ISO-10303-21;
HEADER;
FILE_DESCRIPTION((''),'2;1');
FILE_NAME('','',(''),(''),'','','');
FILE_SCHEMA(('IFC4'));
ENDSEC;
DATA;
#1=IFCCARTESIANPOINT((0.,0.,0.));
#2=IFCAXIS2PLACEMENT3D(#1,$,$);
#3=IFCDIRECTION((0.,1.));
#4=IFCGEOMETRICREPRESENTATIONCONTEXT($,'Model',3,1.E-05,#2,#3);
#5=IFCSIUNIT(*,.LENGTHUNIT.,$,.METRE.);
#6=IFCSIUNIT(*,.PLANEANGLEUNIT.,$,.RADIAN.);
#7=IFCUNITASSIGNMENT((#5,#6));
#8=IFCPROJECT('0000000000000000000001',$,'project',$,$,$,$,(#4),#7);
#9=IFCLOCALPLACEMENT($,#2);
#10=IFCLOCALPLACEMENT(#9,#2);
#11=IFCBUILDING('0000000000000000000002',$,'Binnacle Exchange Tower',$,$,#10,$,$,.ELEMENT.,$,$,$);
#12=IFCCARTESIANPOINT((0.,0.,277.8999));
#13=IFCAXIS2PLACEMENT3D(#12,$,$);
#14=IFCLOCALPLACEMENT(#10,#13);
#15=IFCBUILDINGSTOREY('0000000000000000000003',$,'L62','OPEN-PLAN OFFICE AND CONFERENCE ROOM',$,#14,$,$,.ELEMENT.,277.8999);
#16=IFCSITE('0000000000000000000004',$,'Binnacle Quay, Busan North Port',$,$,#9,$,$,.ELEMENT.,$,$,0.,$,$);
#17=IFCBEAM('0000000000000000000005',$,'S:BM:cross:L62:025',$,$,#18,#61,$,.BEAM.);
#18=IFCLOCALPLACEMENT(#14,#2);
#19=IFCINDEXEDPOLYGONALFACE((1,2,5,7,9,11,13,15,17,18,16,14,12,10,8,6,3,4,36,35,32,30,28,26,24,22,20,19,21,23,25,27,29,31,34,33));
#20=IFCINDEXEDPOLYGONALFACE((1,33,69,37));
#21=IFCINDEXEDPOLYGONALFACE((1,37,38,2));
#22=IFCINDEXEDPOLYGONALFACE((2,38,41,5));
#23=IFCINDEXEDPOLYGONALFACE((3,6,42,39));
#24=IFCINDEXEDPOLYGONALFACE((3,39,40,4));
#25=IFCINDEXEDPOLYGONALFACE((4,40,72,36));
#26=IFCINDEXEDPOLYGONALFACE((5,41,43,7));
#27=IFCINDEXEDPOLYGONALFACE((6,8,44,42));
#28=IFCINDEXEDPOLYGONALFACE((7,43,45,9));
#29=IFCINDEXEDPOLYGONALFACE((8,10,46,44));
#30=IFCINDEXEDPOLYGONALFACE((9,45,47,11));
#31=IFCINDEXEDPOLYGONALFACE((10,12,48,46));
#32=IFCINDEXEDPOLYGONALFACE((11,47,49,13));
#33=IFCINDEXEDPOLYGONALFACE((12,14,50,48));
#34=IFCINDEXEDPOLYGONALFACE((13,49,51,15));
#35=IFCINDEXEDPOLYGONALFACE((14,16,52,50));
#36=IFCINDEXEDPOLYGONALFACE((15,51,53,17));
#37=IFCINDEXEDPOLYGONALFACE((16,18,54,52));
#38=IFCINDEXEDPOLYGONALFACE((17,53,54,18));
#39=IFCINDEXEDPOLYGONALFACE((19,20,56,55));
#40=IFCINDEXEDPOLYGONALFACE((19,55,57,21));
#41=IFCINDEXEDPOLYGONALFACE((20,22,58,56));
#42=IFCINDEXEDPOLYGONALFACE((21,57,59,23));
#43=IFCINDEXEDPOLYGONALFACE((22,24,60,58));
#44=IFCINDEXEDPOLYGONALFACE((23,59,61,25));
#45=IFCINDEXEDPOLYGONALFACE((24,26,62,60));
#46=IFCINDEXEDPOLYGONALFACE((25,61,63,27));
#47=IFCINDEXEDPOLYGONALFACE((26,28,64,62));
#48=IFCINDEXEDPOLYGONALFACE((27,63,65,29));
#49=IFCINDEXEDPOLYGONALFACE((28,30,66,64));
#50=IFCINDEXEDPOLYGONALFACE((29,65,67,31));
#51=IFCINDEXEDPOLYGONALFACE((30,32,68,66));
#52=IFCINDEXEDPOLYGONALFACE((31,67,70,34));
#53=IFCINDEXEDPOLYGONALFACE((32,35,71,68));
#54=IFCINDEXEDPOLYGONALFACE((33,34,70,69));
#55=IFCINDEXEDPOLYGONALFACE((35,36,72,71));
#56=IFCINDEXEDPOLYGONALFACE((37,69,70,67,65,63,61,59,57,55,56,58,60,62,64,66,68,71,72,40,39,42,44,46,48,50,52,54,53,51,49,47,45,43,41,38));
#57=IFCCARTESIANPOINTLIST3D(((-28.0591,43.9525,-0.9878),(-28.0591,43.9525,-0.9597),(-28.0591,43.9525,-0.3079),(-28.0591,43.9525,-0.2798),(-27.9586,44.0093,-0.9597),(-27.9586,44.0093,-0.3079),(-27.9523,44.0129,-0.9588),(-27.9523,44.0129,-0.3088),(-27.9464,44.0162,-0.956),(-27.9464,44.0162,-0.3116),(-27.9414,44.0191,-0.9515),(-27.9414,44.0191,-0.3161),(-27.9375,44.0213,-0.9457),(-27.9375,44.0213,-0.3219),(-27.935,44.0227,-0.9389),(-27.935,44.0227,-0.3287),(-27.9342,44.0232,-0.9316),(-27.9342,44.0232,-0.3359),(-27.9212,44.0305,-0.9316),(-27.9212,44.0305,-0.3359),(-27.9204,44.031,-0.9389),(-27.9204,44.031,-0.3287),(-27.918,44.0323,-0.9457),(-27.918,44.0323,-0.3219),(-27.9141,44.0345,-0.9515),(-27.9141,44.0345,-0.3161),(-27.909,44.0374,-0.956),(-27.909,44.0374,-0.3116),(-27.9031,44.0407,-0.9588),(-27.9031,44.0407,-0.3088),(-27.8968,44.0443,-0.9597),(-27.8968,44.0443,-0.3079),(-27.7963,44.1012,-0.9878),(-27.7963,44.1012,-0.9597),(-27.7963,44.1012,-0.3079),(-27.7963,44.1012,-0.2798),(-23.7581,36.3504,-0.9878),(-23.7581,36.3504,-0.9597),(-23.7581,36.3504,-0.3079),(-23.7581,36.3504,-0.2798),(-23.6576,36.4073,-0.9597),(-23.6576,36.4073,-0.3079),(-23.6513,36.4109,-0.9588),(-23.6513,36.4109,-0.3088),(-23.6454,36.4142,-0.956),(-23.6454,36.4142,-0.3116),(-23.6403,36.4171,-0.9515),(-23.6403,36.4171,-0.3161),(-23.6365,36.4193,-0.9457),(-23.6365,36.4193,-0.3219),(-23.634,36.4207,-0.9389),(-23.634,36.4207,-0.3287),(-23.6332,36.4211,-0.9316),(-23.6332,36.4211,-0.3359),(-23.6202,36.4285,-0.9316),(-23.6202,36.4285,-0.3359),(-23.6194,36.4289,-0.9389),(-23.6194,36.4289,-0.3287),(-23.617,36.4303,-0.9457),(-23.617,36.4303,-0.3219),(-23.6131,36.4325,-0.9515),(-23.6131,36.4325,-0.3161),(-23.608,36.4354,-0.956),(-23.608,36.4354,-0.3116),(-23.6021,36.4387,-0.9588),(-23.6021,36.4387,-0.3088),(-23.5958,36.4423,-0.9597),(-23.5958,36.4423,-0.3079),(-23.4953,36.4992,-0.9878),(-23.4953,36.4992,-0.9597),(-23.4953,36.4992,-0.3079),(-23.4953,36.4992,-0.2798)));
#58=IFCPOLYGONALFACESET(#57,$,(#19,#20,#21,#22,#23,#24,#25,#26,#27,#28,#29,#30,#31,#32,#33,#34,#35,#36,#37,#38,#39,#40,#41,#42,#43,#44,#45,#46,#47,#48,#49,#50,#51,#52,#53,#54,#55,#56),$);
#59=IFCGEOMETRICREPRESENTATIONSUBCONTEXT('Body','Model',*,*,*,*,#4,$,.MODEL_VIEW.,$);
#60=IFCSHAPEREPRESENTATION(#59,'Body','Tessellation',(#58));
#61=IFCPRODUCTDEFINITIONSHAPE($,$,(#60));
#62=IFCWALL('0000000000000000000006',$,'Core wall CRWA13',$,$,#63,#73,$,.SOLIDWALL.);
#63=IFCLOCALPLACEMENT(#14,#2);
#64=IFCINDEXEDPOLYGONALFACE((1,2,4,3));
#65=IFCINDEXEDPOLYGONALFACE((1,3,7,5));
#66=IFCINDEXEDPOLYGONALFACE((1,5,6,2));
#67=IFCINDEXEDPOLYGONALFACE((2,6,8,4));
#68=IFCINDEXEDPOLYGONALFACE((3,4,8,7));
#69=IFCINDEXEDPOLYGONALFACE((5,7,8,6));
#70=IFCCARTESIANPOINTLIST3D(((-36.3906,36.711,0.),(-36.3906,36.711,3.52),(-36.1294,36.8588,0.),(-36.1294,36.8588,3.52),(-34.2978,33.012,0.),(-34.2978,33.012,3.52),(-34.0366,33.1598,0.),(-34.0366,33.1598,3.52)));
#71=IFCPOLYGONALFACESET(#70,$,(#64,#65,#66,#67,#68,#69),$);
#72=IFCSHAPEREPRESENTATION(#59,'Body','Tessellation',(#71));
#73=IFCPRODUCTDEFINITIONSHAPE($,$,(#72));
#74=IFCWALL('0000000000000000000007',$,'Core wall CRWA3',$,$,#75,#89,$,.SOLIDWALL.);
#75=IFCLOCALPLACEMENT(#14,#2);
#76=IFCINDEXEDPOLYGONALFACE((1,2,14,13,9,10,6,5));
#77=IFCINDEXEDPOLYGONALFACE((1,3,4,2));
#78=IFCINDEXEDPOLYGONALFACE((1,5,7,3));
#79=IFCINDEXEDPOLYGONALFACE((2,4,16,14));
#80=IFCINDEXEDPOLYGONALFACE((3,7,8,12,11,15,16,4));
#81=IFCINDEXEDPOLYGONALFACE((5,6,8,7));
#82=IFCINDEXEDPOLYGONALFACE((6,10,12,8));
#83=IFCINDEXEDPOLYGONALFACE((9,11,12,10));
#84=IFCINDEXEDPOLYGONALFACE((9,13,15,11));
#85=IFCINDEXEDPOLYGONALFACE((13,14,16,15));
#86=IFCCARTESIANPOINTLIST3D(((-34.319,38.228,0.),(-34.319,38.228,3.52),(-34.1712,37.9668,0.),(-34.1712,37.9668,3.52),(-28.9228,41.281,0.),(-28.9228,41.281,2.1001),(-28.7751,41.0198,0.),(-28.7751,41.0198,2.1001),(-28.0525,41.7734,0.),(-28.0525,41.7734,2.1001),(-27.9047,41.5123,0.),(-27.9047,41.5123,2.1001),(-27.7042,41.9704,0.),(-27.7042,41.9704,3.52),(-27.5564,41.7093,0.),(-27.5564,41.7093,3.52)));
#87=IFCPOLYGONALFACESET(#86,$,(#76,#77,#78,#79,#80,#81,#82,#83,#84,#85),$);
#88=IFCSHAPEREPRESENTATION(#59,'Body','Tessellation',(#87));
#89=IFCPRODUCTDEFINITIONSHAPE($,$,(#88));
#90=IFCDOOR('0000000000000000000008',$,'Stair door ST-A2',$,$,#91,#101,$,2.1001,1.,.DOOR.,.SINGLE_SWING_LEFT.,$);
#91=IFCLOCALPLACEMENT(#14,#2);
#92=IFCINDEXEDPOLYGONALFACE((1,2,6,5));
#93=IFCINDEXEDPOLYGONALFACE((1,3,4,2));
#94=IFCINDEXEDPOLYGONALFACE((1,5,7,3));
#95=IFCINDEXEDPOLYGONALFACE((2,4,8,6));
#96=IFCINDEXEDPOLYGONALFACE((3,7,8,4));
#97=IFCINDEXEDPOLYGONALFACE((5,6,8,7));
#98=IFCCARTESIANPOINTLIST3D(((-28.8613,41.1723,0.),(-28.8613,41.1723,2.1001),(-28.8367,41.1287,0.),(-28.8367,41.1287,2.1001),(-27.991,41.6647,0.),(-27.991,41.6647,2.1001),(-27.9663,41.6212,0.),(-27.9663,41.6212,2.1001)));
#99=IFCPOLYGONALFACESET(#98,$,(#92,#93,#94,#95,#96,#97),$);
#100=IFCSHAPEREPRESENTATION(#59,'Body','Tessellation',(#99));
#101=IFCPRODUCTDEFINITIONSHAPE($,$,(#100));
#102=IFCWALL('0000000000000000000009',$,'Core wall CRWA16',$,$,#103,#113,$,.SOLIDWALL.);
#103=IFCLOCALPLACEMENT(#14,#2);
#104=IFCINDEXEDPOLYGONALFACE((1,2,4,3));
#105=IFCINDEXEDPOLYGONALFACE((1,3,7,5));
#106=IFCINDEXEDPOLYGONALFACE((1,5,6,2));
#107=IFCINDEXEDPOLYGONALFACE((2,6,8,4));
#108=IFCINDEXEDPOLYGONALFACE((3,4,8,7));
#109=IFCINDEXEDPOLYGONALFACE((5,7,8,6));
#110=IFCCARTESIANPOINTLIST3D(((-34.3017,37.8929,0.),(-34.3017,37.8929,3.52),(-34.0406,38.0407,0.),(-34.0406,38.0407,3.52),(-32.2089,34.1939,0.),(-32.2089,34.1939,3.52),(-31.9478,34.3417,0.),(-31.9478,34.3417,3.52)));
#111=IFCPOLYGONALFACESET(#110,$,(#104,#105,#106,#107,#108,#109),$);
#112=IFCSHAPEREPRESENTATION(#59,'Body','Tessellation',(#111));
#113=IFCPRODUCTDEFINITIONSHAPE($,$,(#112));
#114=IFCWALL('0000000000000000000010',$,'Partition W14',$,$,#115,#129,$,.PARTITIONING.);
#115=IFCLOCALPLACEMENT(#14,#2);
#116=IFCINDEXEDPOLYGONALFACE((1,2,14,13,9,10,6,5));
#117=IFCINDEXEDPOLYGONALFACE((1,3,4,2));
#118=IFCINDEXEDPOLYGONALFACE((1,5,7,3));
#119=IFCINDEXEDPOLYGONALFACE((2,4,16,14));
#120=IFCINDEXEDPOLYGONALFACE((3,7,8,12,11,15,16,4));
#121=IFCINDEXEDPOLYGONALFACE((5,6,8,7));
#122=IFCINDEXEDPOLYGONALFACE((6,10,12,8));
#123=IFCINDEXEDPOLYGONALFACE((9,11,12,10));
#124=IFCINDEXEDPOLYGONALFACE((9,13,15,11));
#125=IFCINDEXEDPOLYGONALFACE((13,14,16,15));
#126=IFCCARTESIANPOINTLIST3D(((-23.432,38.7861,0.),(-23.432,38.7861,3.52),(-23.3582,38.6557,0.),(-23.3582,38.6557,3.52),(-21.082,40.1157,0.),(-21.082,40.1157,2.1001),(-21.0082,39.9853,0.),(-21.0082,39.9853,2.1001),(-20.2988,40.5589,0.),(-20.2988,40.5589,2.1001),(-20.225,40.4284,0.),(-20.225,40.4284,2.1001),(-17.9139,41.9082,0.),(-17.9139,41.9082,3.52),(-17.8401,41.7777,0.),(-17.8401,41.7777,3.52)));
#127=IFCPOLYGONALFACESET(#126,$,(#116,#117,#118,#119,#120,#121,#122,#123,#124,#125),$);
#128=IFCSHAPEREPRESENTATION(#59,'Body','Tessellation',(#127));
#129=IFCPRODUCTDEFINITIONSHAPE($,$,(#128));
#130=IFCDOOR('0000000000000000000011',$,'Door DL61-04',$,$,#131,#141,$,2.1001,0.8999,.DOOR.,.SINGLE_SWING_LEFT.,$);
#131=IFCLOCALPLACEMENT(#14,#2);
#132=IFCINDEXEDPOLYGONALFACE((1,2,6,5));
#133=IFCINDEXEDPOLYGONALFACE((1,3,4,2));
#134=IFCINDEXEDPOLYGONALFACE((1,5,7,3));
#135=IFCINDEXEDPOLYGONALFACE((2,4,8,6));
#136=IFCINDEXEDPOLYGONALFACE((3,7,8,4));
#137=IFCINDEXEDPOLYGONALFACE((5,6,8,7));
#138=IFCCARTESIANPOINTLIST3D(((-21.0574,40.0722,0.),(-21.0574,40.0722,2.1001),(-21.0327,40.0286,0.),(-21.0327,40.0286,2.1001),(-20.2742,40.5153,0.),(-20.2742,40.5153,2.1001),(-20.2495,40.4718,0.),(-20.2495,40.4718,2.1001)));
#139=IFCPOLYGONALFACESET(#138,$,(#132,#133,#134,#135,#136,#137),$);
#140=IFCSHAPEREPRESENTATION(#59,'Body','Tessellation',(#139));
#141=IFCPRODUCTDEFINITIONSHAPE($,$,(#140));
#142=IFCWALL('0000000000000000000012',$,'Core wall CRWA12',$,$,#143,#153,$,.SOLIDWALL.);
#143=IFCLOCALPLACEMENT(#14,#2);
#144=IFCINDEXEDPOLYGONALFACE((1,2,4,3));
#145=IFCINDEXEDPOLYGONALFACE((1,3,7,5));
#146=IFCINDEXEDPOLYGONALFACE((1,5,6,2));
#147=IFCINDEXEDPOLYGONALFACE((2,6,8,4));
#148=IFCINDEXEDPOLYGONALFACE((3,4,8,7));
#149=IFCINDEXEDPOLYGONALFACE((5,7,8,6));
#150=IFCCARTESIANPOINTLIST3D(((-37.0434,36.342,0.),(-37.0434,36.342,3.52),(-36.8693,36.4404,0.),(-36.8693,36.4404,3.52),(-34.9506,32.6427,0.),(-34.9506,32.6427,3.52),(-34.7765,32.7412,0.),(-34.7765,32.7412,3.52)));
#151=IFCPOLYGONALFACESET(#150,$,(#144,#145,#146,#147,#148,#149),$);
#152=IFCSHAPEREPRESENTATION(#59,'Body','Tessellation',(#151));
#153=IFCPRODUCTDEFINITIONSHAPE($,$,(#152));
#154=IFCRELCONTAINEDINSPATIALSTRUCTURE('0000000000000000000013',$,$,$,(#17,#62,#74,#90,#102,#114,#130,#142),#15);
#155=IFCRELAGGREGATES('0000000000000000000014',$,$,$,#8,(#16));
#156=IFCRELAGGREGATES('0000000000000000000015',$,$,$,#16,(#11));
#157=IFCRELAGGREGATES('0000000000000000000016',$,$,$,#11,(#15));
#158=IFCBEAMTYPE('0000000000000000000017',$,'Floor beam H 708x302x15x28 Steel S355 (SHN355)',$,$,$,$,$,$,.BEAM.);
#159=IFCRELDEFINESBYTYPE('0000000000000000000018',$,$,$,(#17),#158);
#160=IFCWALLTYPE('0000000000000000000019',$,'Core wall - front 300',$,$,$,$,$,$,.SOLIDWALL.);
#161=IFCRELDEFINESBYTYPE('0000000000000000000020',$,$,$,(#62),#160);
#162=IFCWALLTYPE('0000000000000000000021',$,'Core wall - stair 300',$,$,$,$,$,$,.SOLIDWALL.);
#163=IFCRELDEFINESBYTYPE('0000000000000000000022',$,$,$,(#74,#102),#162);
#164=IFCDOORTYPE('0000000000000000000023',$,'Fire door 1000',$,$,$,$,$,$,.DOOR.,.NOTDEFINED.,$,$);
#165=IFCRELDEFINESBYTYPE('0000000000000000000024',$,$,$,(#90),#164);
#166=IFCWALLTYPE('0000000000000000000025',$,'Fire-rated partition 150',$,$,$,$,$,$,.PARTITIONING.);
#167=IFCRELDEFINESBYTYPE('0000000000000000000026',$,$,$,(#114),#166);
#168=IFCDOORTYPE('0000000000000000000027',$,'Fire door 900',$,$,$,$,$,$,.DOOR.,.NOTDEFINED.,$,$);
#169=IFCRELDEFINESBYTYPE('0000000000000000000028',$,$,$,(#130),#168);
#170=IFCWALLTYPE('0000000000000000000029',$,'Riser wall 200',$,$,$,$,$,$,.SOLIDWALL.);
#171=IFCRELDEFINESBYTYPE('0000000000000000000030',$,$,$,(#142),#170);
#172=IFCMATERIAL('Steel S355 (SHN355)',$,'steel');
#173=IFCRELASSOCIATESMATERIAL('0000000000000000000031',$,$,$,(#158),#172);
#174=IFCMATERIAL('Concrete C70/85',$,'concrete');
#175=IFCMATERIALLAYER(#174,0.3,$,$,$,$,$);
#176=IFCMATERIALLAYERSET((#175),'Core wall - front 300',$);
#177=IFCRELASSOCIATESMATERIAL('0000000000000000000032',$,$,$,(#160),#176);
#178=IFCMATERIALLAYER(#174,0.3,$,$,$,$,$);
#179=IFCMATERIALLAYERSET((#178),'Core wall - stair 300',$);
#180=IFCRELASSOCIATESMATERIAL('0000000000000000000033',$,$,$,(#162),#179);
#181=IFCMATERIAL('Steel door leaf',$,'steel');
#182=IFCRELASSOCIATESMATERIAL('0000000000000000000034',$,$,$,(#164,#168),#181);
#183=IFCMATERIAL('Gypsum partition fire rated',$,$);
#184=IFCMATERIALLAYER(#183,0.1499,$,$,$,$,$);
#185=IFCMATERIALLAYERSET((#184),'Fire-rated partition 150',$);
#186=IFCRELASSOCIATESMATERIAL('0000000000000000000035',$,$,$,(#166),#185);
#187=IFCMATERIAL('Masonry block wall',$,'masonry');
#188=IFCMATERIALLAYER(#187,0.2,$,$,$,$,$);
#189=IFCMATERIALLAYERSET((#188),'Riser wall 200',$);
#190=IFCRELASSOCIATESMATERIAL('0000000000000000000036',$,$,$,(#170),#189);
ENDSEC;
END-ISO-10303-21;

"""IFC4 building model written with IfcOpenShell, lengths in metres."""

from ifc_helpers import new_model, si_unit, direction, frame, frame_2d, origin, origin_2d, place, context, subcontext, project, spatial, rectangle, i_section, extrude, material, layer, layer_set, material_profile, profile_set, type_object, element, fill, save


model = new_model("IFC4")

# Units and contexts
model_context = context("Model", 3, precision=1e-05, world=origin(), true_north=direction((0.0, 1.0)))
body_context = subcontext(model_context, "Body", "Model", "MODEL_VIEW")
ifc_project = project(units=[si_unit("LENGTHUNIT", "METRE"), si_unit("PLANEANGLEUNIT", "RADIAN")], contexts=[model_context])

# Site, building, storey
site_placement = place(None, origin())
site = spatial("IfcSite", under=ifc_project, at=site_placement, Name="Binnacle Quay, Busan North Port", CompositionType="ELEMENT", RefElevation=0.0)
building_placement = place(site_placement, origin())
building = spatial("IfcBuilding", under=site, at=building_placement, Name="Binnacle Exchange Tower", CompositionType="ELEMENT")
storey_placement = place(building_placement, frame((0.0, 0.0, 277.8999)))
storey = spatial("IfcBuildingStorey", under=building, at=storey_placement, Name="L62", Description="OPEN-PLAN OFFICE AND CONFERENCE ROOM", CompositionType="ELEMENT", Elevation=277.8999)

# Beam
ifc_material_1 = material(Name="Steel S355 (SHN355)", Category="steel")
ifc_material_profile_1 = material_profile(ifc_material_1, i_section(OverallWidth=0.302, OverallDepth=0.708, WebThickness=0.0149, FlangeThickness=0.0281, FilletRadius=0.0281, at=origin_2d()), Name="H 708x302x15x28")
ifc_profile_set_1 = profile_set([ifc_material_profile_1], Name="Steel S355 (SHN355)")
beam_type_1 = type_object("IfcBeamType", Name="Floor beam H 708x302x15x28 Steel S355 (SHN355)", PredefinedType="BEAM", material=ifc_profile_set_1)
beam_1_placement = place(storey_placement, frame((-23.6267, 36.4248, -0.6338), z_axis=(-0.492423, 0.870356, 0.0), x_axis=(-0.870356, -0.492423, 0.0)))
element("IfcBeam", 1, at=beam_1_placement, inside=storey, type_object=beam_type_1, Name="S:BM:cross:L62:025", PredefinedType="BEAM", context=body_context, shape_type="SweptSolid", body=[
    extrude(i_section(OverallWidth=0.302, OverallDepth=0.708, WebThickness=0.0149, FlangeThickness=0.0281, FilletRadius=0.0281, at=origin_2d()), origin(), (0.0, 0.0, 1.0), 8.7344),
])

# Wall
ifc_material_2 = material(Name="Concrete C70/85", Category="concrete")
ifc_layer_1 = layer(ifc_material_2, 0.3)
ifc_layer_set_1 = layer_set([ifc_layer_1], Name="Core wall - front 300")
wall_type_1 = type_object("IfcWallType", Name="Core wall - front 300", PredefinedType="SOLIDWALL", material=ifc_layer_set_1)
wall_1_placement = place(storey_placement, frame((-36.26, 36.7849, 0.0), z_axis=(0.0, 0.0, 1.0), x_axis=(0.492423, -0.870356, 0.0)))
element("IfcWall", 2, at=wall_1_placement, inside=storey, type_object=wall_type_1, Name="Core wall CRWA13", PredefinedType="SOLIDWALL", context=body_context, shape_type="SweptSolid", body=[
    extrude(rectangle(XDim=4.25, YDim=0.3, at=frame_2d((2.125, 0.0))), origin(), (0.0, 0.0, 1.0), 3.52),
])

# Wall, opening, door
ifc_layer_2 = layer(ifc_material_2, 0.3)
ifc_layer_set_2 = layer_set([ifc_layer_2], Name="Core wall - stair 300")
wall_type_2 = type_object("IfcWallType", Name="Core wall - stair 300", PredefinedType="SOLIDWALL", material=ifc_layer_set_2)
wall_2_placement = place(storey_placement, frame((-34.2451, 38.0974, 0.0), z_axis=(0.0, 0.0, 1.0), x_axis=(0.870356, 0.492422, 0.0)))
wall_2 = element("IfcWall", 3, at=wall_2_placement, inside=storey, type_object=wall_type_2, Name="Core wall CRWA3", PredefinedType="SOLIDWALL", context=body_context, shape_type="SweptSolid", body=[
    extrude(rectangle(XDim=7.6001, YDim=0.3, at=frame_2d((3.8, 0.0))), origin(), (0.0, 0.0, 1.0), 3.52),
])
opening_1_placement = place(wall_2_placement, frame((6.2, 0.0, 0.0)))
opening_1 = element("IfcOpeningElement", 4, at=opening_1_placement, cuts=wall_2, PredefinedType="OPENING", context=body_context, shape_type="SweptSolid", body=[
    extrude(rectangle(XDim=1.0, YDim=2.1001, at=frame_2d((0.5, 1.05))), frame((0.0, 0.1599, 0.0), z_axis=(0.0, -1.0, 0.0), x_axis=(1.0, 0.0, 0.0)), (0.0, 0.0, 1.0), 0.3201),
])
ifc_material_3 = material(Name="Steel door leaf", Category="steel")
door_type_1 = type_object("IfcDoorType", Name="Fire door 1000", OperationType="NOTDEFINED", PredefinedType="DOOR", material=ifc_material_3)
door_1_placement = place(opening_1_placement, frame((1.0, 0.0, 0.0), z_axis=(0.0, 0.0, 1.0), x_axis=(-1.0, 0.0, 0.0)))
door_1 = element("IfcDoor", 5, at=door_1_placement, inside=storey, type_object=door_type_1, Name="Stair door ST-A2", OperationType="SINGLE_SWING_LEFT", OverallHeight=2.1001, OverallWidth=1.0, PredefinedType="DOOR", context=body_context, shape_type="SweptSolid", body=[
    extrude(rectangle(XDim=1.0, YDim=2.1001, at=frame_2d((0.5, 1.05))), frame((0.0, 0.0249, 0.0), z_axis=(0.0, -1.0, 0.0), x_axis=(1.0, 0.0, 0.0)), (0.0, 0.0, 1.0), 0.05),
])
fill(opening_1, door_1)

# Wall
wall_3_placement = place(storey_placement, frame((-34.1711, 37.9668, 0.0), z_axis=(0.0, 0.0, 1.0), x_axis=(0.492423, -0.870356, 0.0)))
element("IfcWall", 6, at=wall_3_placement, inside=storey, type_object=wall_type_2, Name="Core wall CRWA16", PredefinedType="SOLIDWALL", context=body_context, shape_type="SweptSolid", body=[
    extrude(rectangle(XDim=4.25, YDim=0.3, at=frame_2d((2.125, 0.0))), origin(), (0.0, 0.0, 1.0), 3.52),
])

# Wall, opening, door
ifc_material_4 = material(Name="Gypsum partition fire rated")
ifc_layer_3 = layer(ifc_material_4, 0.1499)
ifc_layer_set_3 = layer_set([ifc_layer_3], Name="Fire-rated partition 150")
wall_type_3 = type_object("IfcWallType", Name="Fire-rated partition 150", PredefinedType="PARTITIONING", material=ifc_layer_set_3)
wall_4_placement = place(storey_placement, frame((-23.395, 38.7209, 0.0), z_axis=(0.0, 0.0, 1.0), x_axis=(0.870349, 0.492435, 0.0)))
wall_4 = element("IfcWall", 7, at=wall_4_placement, inside=storey, type_object=wall_type_3, Name="Partition W14", PredefinedType="PARTITIONING", context=body_context, shape_type="SweptSolid", body=[
    extrude(rectangle(XDim=6.3401, YDim=0.1499, at=frame_2d((3.1699, 0.0))), origin(), (0.0, 0.0, 1.0), 3.52),
])
opening_2_placement = place(wall_4_placement, frame((2.7, 0.0, 0.0)))
opening_2 = element("IfcOpeningElement", 8, at=opening_2_placement, cuts=wall_4, PredefinedType="OPENING", context=body_context, shape_type="SweptSolid", body=[
    extrude(rectangle(XDim=0.8999, YDim=2.1001, at=frame_2d((0.45, 1.05))), frame((0.0, 0.085, 0.0), z_axis=(0.0, -1.0, 0.0), x_axis=(1.0, 0.0, 0.0)), (0.0, 0.0, 1.0), 0.1699),
])
door_type_2 = type_object("IfcDoorType", Name="Fire door 900", OperationType="NOTDEFINED", PredefinedType="DOOR", material=ifc_material_3)
door_2_placement = place(opening_2_placement, origin())
door_2 = element("IfcDoor", 9, at=door_2_placement, inside=storey, type_object=door_type_2, Name="Door DL61-04", OperationType="SINGLE_SWING_LEFT", OverallHeight=2.1001, OverallWidth=0.8999, PredefinedType="DOOR", context=body_context, shape_type="SweptSolid", body=[
    extrude(rectangle(XDim=0.8999, YDim=2.1001, at=frame_2d((0.45, 1.05))), frame((0.0, 0.0249, 0.0), z_axis=(0.0, -1.0, 0.0), x_axis=(1.0, 0.0, 0.0)), (0.0, 0.0, 1.0), 0.05),
])
fill(opening_2, door_2)

# Wall
ifc_material_5 = material(Name="Masonry block wall", Category="masonry")
ifc_layer_4 = layer(ifc_material_5, 0.2)
ifc_layer_set_4 = layer_set([ifc_layer_4], Name="Riser wall 200")
wall_type_4 = type_object("IfcWallType", Name="Riser wall 200", PredefinedType="SOLIDWALL", material=ifc_layer_set_4)
wall_5_placement = place(storey_placement, frame((-36.9563, 36.3911, 0.0), z_axis=(0.0, 0.0, 1.0), x_axis=(0.492398, -0.87037, 0.0)))
element("IfcWall", 10, at=wall_5_placement, inside=storey, type_object=wall_type_4, Name="Core wall CRWA12", PredefinedType="SOLIDWALL", context=body_context, shape_type="SweptSolid", body=[
    extrude(rectangle(XDim=4.2502, YDim=0.2, at=frame_2d((2.125, 0.0))), origin(), (0.0, 0.0, 1.0), 3.52),
])

save(model, "model.ifc")
